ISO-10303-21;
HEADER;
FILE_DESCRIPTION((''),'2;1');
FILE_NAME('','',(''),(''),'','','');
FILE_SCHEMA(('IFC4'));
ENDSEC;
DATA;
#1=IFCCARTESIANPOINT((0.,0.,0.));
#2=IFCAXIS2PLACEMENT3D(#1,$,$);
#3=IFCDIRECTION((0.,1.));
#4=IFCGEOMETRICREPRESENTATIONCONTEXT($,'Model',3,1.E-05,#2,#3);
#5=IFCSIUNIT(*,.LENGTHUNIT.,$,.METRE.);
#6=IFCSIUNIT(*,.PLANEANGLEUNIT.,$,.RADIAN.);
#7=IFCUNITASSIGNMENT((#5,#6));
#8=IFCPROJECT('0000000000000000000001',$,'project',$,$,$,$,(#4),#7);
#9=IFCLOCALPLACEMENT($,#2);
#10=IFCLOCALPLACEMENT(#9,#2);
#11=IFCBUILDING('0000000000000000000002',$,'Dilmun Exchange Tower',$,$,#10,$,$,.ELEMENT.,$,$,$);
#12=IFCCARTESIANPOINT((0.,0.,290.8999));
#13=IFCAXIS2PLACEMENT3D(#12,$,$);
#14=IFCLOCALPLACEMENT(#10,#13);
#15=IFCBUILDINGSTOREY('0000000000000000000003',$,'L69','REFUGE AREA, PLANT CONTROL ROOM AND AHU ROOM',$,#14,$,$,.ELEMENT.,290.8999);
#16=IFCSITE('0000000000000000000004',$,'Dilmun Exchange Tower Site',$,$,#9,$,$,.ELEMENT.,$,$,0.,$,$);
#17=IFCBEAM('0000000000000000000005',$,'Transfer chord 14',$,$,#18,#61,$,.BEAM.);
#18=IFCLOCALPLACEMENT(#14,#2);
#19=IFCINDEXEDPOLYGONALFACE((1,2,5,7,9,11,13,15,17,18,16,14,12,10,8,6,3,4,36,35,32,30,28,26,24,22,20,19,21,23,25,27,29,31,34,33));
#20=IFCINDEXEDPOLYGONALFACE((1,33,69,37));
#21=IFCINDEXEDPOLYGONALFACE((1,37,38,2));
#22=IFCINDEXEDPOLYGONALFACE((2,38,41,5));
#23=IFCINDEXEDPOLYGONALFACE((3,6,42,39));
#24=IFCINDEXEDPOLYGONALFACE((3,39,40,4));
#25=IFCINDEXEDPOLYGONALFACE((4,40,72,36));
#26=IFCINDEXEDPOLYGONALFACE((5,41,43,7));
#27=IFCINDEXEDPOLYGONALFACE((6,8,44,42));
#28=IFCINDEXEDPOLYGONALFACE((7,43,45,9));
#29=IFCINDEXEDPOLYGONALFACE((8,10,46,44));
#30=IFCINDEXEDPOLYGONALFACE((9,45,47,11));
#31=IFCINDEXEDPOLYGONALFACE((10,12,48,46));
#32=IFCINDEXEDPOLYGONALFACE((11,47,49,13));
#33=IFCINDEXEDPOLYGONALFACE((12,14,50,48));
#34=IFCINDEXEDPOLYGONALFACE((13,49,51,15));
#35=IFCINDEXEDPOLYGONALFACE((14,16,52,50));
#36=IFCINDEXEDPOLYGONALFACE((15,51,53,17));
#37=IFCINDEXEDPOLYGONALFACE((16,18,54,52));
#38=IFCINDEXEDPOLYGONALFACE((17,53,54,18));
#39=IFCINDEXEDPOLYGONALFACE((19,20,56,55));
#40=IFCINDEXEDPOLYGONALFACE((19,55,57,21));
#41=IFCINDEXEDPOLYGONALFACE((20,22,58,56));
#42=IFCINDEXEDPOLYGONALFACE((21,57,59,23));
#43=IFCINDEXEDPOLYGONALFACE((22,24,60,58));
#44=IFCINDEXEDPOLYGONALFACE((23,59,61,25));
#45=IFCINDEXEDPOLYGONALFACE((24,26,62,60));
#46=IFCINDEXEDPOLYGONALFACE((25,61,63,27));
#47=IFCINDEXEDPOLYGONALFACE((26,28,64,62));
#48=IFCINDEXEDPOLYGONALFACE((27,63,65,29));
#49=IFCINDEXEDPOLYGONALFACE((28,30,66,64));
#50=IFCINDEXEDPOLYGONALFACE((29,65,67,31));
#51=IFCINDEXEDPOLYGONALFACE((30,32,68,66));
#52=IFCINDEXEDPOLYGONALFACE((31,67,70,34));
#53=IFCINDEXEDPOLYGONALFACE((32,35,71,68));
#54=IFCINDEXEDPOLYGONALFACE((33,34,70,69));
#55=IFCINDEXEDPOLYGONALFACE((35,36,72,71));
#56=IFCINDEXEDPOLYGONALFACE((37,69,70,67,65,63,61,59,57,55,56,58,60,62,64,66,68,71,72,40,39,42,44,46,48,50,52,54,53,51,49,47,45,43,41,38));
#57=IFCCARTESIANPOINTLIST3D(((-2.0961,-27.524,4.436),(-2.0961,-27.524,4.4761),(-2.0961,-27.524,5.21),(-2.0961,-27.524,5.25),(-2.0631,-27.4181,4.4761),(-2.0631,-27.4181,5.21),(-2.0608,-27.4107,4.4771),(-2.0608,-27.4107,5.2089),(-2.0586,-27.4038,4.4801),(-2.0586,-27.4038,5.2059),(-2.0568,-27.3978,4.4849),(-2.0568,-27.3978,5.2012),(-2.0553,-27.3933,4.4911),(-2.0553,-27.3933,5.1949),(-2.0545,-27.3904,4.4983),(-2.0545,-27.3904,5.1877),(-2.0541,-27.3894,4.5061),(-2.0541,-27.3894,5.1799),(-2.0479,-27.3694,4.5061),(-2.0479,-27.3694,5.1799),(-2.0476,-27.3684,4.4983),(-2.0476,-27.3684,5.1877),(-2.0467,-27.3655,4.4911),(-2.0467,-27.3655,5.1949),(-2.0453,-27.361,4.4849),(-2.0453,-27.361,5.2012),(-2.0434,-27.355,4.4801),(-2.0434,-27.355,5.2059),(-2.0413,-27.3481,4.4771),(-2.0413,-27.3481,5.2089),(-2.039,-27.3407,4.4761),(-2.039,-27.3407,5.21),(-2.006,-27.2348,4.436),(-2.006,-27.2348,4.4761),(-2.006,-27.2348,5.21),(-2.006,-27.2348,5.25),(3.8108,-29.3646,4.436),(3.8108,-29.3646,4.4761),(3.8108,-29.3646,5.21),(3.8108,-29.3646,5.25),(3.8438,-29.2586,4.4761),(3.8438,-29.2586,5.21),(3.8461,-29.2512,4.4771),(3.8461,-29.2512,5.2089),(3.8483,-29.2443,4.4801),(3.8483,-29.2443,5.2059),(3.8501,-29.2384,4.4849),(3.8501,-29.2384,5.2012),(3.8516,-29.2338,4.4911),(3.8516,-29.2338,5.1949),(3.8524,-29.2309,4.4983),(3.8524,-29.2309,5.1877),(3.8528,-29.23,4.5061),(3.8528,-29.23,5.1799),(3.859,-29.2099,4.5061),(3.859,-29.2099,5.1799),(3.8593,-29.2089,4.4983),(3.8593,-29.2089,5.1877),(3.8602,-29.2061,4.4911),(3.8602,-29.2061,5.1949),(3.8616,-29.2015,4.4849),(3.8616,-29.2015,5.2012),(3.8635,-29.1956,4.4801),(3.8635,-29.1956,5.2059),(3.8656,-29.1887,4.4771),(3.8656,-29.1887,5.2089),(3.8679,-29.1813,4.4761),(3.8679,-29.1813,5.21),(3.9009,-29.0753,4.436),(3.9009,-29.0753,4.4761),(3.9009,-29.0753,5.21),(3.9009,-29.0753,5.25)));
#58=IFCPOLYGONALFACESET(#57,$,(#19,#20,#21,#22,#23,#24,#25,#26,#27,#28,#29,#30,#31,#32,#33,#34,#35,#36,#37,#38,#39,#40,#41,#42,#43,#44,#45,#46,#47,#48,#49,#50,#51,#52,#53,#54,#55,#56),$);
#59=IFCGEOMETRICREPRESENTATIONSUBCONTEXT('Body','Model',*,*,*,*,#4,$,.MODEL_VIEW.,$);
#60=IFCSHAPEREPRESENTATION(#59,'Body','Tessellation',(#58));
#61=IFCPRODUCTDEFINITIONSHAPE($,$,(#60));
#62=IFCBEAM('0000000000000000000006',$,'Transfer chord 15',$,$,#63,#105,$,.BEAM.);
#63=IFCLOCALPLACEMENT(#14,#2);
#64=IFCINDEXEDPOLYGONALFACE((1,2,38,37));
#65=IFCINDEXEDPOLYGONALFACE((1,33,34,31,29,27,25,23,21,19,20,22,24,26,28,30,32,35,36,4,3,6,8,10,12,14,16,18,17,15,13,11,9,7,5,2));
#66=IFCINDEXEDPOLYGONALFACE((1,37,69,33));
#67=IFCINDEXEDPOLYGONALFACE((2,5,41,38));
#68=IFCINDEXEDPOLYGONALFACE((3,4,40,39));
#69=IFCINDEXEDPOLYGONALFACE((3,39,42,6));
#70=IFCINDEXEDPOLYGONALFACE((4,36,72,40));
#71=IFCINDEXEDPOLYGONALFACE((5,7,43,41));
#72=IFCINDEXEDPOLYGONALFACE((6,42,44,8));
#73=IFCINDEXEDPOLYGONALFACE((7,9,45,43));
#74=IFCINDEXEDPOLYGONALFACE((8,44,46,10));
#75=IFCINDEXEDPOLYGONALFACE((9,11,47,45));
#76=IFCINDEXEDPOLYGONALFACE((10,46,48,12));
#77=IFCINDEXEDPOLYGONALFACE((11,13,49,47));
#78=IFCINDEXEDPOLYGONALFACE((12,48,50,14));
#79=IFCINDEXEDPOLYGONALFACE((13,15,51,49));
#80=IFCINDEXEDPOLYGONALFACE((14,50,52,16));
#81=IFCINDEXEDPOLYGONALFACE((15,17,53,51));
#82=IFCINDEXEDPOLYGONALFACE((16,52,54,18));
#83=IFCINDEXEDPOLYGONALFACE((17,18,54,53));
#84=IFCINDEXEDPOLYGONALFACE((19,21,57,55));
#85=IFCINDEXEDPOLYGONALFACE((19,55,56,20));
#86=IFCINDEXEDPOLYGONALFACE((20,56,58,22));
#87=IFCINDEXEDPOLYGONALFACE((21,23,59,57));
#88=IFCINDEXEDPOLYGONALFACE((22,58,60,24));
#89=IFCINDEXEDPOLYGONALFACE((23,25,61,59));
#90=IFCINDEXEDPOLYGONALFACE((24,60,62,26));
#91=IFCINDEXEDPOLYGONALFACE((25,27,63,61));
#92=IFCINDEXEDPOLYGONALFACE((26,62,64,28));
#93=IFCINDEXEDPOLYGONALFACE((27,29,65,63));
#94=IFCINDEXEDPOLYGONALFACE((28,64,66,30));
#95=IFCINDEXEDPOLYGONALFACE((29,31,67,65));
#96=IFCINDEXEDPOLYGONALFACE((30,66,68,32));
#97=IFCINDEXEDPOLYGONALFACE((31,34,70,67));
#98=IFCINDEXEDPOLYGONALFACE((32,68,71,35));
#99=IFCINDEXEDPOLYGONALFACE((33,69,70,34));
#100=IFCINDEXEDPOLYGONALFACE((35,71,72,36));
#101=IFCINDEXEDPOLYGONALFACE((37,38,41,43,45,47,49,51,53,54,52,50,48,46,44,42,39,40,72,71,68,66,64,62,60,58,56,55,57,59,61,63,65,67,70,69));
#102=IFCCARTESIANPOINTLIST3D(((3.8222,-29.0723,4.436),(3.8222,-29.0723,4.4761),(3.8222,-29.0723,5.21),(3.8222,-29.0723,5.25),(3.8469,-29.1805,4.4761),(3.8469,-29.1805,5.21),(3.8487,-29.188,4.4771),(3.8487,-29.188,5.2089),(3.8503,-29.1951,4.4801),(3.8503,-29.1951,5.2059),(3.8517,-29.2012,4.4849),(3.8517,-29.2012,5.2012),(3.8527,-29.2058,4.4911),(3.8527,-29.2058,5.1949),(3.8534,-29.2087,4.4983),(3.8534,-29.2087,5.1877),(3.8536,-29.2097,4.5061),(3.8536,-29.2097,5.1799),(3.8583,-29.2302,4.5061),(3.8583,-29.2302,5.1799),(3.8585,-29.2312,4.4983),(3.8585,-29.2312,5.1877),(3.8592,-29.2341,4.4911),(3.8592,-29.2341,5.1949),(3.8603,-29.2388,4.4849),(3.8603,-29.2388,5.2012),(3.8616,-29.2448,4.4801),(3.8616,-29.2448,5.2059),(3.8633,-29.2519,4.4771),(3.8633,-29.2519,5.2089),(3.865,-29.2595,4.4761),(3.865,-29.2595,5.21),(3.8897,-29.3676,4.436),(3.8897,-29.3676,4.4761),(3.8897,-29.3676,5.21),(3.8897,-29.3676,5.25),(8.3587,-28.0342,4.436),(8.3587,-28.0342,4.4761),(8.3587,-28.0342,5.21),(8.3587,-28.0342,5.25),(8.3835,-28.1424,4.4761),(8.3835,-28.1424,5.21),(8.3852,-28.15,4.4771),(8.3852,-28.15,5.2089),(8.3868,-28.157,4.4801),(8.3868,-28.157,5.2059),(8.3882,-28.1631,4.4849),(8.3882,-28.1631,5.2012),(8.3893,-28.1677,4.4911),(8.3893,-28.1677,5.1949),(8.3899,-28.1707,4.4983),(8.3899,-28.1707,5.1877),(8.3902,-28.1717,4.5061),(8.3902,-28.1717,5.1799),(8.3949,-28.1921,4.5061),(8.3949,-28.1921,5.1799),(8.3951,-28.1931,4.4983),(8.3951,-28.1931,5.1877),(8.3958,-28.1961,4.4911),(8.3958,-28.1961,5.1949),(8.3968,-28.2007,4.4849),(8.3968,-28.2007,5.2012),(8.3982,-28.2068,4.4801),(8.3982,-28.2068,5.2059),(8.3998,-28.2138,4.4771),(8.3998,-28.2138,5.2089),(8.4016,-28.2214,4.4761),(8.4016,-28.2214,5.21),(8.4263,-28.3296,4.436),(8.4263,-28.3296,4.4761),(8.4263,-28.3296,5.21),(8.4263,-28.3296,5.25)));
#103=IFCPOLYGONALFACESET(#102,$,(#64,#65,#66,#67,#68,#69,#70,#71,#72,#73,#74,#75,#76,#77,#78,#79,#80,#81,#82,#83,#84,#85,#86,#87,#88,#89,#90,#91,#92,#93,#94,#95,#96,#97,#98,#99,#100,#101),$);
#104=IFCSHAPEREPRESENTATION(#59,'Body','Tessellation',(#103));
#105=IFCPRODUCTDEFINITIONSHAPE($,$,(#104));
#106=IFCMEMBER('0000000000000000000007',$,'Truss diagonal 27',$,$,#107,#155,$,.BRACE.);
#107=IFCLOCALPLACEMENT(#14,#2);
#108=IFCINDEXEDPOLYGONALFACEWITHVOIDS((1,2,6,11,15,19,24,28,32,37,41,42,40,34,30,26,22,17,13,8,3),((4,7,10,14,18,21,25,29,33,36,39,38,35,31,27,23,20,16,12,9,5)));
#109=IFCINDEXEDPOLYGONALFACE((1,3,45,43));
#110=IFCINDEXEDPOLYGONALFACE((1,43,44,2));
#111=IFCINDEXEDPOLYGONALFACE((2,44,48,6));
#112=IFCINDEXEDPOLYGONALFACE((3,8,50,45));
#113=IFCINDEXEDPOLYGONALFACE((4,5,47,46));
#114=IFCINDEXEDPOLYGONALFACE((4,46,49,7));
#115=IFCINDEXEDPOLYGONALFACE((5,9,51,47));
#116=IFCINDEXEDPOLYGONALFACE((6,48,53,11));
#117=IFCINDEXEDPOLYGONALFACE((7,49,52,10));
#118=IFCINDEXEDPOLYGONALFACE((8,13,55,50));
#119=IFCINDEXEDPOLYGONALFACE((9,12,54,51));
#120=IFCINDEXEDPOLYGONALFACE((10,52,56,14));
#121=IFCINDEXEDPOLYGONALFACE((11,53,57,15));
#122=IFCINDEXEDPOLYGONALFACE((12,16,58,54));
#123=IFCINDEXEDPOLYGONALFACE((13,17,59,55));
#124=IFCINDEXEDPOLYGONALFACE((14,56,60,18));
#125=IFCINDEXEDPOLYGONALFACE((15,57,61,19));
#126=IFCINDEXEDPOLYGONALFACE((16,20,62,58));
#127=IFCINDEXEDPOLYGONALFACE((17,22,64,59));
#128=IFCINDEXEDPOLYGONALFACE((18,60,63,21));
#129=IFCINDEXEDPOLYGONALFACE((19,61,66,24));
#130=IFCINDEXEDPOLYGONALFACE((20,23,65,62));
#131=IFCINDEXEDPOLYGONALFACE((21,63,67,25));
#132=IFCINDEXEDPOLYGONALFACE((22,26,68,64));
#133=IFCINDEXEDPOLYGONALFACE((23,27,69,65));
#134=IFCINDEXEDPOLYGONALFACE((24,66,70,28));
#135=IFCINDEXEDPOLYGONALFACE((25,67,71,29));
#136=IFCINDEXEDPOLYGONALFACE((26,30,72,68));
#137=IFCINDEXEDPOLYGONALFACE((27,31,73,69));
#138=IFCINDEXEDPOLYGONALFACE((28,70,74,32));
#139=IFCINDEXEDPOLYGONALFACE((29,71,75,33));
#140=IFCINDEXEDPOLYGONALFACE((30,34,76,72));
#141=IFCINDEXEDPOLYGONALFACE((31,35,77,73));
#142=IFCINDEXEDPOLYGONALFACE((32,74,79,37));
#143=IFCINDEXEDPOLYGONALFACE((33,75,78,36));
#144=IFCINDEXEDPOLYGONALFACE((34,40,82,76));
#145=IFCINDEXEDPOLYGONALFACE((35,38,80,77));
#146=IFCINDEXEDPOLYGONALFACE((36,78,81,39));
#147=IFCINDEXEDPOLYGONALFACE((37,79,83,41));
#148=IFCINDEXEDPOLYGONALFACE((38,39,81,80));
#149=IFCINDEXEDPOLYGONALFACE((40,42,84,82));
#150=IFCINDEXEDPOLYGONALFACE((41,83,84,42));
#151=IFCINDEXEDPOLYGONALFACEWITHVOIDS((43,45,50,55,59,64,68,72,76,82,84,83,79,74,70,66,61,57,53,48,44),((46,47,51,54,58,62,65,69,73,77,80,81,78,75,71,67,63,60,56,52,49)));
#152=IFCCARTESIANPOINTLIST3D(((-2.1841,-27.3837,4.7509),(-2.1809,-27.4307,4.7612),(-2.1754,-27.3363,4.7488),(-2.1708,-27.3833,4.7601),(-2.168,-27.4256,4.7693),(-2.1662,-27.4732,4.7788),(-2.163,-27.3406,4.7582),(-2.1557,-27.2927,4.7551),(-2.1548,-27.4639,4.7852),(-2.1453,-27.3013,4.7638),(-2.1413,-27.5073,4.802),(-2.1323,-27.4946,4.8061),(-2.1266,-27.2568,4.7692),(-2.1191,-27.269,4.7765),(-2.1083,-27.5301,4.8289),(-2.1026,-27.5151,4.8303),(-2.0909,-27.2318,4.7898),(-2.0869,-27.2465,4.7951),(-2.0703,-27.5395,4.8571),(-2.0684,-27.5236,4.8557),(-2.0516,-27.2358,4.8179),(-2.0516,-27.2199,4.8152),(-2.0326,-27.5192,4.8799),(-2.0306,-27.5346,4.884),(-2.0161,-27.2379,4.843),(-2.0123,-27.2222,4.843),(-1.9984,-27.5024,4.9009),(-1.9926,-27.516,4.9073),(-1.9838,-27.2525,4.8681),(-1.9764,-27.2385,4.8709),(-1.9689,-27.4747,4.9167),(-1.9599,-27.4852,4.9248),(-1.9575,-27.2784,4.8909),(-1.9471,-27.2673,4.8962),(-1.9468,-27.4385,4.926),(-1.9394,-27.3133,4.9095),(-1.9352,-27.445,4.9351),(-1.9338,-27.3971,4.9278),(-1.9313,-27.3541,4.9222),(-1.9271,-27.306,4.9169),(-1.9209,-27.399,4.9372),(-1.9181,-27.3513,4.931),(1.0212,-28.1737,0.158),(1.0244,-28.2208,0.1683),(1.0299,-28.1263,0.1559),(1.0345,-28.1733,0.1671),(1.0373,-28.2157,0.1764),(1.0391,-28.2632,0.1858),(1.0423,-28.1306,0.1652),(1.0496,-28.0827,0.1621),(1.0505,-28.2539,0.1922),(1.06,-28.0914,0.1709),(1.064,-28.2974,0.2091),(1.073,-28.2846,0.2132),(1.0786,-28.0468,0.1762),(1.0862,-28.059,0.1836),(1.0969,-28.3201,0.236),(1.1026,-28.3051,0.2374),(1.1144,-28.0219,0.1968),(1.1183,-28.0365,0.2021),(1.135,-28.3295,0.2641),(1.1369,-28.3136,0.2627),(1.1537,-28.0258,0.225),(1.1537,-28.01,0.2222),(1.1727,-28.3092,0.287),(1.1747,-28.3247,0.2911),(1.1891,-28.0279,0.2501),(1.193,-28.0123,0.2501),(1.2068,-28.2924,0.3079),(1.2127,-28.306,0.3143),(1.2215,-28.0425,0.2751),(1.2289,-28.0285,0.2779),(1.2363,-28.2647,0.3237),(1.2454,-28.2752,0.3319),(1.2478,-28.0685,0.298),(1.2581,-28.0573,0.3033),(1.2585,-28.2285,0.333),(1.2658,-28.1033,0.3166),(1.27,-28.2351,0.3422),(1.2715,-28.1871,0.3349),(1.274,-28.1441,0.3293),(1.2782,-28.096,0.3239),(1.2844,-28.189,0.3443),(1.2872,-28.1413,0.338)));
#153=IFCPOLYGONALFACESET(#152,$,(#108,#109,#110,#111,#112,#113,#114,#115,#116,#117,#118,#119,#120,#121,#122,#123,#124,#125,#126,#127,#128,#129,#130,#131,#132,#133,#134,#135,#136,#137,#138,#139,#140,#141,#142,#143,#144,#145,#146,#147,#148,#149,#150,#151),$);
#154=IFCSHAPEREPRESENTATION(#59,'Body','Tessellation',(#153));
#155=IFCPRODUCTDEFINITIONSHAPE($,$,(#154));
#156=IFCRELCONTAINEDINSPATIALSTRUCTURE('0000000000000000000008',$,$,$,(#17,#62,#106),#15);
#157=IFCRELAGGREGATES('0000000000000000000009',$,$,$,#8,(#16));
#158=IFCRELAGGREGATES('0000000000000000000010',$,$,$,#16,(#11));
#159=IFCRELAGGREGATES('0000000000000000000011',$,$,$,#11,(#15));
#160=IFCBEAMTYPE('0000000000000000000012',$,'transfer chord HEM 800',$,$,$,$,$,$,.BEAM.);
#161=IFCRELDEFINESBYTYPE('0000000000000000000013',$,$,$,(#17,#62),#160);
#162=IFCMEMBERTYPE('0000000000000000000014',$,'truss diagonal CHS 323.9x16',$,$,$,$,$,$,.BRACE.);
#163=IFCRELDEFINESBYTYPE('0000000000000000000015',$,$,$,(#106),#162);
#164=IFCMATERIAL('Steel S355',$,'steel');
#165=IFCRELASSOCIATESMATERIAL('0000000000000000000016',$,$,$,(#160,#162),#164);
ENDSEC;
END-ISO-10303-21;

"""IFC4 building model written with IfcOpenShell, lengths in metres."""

from ifc_helpers import new_model, si_unit, direction, frame, origin, origin_2d, place, context, subcontext, project, spatial, hollow_circle, i_section, extrude, material, material_profile, profile_set, type_object, element, save


model = new_model("IFC4")

# Units and contexts
model_context = context("Model", 3, precision=1e-05, world=origin(), true_north=direction((0.0, 1.0)))
body_context = subcontext(model_context, "Body", "Model", "MODEL_VIEW")
ifc_project = project(units=[si_unit("LENGTHUNIT", "METRE"), si_unit("PLANEANGLEUNIT", "RADIAN")], contexts=[model_context])

# Site, building, storey
site_placement = place(None, origin())
site = spatial("IfcSite", under=ifc_project, at=site_placement, Name="Dilmun Exchange Tower Site", CompositionType="ELEMENT", RefElevation=0.0)
building_placement = place(site_placement, origin())
building = spatial("IfcBuilding", under=site, at=building_placement, Name="Dilmun Exchange Tower", CompositionType="ELEMENT")
storey_placement = place(building_placement, frame((0.0, 0.0, 290.8999)))
storey = spatial("IfcBuildingStorey", under=building, at=storey_placement, Name="L69", Description="REFUGE AREA, PLANT CONTROL ROOM AND AHU ROOM", CompositionType="ELEMENT", Elevation=290.8999)

# Beams
ifc_material_1 = material(Name="Steel S355", Category="steel")
ifc_material_profile_1 = material_profile(ifc_material_1, i_section(OverallWidth=0.303, OverallDepth=0.814, WebThickness=0.021, FlangeThickness=0.04, FilletRadius=0.03, at=origin_2d()), Name="HEM 800")
ifc_profile_set_1 = profile_set([ifc_material_profile_1], Name="Steel S355")
beam_type_1 = type_object("IfcBeamType", Name="transfer chord HEM 800", PredefinedType="BEAM", material=ifc_profile_set_1)
beam_1_placement = place(storey_placement, frame((-2.051, -27.3794, 4.843), z_axis=(0.954726, -0.297486, 0.0), x_axis=(0.297486, 0.954726, 0.0)))
element("IfcBeam", 1, at=beam_1_placement, inside=storey, type_object=beam_type_1, Name="Transfer chord 14", PredefinedType="BEAM", context=body_context, shape_type="SweptSolid", body=[
    extrude(i_section(OverallWidth=0.303, OverallDepth=0.814, WebThickness=0.021, FlangeThickness=0.04, FilletRadius=0.03, at=origin_2d()), origin(), (0.0, 0.0, 1.0), 6.187),
])
beam_2_placement = place(storey_placement, frame((3.856, -29.22, 4.843), z_axis=(0.974805, 0.223058, 0.0), x_axis=(-0.223058, 0.974805, 0.0)))
element("IfcBeam", 2, at=beam_2_placement, inside=storey, type_object=beam_type_1, Name="Transfer chord 15", PredefinedType="BEAM", context=body_context, shape_type="SweptSolid", body=[
    extrude(i_section(OverallWidth=0.303, OverallDepth=0.814, WebThickness=0.021, FlangeThickness=0.04, FilletRadius=0.03, at=origin_2d()), origin(), (0.0, 0.0, 1.0), 4.6538),
])

# Member
ifc_material_profile_2 = material_profile(ifc_material_1, hollow_circle(Radius=0.1619, WallThickness=0.0161, at=origin_2d()), Name="CHS 323.9x16")
ifc_profile_set_2 = profile_set([ifc_material_profile_2], Name="Steel S355")
member_type = type_object("IfcMemberType", Name="truss diagonal CHS 323.9x16", PredefinedType="BRACE", material=ifc_profile_set_2)
member_1_placement = place(storey_placement, frame((-2.051, -27.3794, 4.843), z_axis=(0.566679, -0.139673, -0.812014), x_axis=(0.239315, 0.970942, 0.0)))
element("IfcMember", 3, at=member_1_placement, inside=storey, type_object=member_type, Name="Truss diagonal 27", PredefinedType="BRACE", context=body_context, shape_type="SweptSolid", body=[
    extrude(hollow_circle(Radius=0.1619, WallThickness=0.0161, at=origin_2d()), origin(), (0.0, 0.0, 1.0), 5.6562),
])

save(model, "model.ifc")
